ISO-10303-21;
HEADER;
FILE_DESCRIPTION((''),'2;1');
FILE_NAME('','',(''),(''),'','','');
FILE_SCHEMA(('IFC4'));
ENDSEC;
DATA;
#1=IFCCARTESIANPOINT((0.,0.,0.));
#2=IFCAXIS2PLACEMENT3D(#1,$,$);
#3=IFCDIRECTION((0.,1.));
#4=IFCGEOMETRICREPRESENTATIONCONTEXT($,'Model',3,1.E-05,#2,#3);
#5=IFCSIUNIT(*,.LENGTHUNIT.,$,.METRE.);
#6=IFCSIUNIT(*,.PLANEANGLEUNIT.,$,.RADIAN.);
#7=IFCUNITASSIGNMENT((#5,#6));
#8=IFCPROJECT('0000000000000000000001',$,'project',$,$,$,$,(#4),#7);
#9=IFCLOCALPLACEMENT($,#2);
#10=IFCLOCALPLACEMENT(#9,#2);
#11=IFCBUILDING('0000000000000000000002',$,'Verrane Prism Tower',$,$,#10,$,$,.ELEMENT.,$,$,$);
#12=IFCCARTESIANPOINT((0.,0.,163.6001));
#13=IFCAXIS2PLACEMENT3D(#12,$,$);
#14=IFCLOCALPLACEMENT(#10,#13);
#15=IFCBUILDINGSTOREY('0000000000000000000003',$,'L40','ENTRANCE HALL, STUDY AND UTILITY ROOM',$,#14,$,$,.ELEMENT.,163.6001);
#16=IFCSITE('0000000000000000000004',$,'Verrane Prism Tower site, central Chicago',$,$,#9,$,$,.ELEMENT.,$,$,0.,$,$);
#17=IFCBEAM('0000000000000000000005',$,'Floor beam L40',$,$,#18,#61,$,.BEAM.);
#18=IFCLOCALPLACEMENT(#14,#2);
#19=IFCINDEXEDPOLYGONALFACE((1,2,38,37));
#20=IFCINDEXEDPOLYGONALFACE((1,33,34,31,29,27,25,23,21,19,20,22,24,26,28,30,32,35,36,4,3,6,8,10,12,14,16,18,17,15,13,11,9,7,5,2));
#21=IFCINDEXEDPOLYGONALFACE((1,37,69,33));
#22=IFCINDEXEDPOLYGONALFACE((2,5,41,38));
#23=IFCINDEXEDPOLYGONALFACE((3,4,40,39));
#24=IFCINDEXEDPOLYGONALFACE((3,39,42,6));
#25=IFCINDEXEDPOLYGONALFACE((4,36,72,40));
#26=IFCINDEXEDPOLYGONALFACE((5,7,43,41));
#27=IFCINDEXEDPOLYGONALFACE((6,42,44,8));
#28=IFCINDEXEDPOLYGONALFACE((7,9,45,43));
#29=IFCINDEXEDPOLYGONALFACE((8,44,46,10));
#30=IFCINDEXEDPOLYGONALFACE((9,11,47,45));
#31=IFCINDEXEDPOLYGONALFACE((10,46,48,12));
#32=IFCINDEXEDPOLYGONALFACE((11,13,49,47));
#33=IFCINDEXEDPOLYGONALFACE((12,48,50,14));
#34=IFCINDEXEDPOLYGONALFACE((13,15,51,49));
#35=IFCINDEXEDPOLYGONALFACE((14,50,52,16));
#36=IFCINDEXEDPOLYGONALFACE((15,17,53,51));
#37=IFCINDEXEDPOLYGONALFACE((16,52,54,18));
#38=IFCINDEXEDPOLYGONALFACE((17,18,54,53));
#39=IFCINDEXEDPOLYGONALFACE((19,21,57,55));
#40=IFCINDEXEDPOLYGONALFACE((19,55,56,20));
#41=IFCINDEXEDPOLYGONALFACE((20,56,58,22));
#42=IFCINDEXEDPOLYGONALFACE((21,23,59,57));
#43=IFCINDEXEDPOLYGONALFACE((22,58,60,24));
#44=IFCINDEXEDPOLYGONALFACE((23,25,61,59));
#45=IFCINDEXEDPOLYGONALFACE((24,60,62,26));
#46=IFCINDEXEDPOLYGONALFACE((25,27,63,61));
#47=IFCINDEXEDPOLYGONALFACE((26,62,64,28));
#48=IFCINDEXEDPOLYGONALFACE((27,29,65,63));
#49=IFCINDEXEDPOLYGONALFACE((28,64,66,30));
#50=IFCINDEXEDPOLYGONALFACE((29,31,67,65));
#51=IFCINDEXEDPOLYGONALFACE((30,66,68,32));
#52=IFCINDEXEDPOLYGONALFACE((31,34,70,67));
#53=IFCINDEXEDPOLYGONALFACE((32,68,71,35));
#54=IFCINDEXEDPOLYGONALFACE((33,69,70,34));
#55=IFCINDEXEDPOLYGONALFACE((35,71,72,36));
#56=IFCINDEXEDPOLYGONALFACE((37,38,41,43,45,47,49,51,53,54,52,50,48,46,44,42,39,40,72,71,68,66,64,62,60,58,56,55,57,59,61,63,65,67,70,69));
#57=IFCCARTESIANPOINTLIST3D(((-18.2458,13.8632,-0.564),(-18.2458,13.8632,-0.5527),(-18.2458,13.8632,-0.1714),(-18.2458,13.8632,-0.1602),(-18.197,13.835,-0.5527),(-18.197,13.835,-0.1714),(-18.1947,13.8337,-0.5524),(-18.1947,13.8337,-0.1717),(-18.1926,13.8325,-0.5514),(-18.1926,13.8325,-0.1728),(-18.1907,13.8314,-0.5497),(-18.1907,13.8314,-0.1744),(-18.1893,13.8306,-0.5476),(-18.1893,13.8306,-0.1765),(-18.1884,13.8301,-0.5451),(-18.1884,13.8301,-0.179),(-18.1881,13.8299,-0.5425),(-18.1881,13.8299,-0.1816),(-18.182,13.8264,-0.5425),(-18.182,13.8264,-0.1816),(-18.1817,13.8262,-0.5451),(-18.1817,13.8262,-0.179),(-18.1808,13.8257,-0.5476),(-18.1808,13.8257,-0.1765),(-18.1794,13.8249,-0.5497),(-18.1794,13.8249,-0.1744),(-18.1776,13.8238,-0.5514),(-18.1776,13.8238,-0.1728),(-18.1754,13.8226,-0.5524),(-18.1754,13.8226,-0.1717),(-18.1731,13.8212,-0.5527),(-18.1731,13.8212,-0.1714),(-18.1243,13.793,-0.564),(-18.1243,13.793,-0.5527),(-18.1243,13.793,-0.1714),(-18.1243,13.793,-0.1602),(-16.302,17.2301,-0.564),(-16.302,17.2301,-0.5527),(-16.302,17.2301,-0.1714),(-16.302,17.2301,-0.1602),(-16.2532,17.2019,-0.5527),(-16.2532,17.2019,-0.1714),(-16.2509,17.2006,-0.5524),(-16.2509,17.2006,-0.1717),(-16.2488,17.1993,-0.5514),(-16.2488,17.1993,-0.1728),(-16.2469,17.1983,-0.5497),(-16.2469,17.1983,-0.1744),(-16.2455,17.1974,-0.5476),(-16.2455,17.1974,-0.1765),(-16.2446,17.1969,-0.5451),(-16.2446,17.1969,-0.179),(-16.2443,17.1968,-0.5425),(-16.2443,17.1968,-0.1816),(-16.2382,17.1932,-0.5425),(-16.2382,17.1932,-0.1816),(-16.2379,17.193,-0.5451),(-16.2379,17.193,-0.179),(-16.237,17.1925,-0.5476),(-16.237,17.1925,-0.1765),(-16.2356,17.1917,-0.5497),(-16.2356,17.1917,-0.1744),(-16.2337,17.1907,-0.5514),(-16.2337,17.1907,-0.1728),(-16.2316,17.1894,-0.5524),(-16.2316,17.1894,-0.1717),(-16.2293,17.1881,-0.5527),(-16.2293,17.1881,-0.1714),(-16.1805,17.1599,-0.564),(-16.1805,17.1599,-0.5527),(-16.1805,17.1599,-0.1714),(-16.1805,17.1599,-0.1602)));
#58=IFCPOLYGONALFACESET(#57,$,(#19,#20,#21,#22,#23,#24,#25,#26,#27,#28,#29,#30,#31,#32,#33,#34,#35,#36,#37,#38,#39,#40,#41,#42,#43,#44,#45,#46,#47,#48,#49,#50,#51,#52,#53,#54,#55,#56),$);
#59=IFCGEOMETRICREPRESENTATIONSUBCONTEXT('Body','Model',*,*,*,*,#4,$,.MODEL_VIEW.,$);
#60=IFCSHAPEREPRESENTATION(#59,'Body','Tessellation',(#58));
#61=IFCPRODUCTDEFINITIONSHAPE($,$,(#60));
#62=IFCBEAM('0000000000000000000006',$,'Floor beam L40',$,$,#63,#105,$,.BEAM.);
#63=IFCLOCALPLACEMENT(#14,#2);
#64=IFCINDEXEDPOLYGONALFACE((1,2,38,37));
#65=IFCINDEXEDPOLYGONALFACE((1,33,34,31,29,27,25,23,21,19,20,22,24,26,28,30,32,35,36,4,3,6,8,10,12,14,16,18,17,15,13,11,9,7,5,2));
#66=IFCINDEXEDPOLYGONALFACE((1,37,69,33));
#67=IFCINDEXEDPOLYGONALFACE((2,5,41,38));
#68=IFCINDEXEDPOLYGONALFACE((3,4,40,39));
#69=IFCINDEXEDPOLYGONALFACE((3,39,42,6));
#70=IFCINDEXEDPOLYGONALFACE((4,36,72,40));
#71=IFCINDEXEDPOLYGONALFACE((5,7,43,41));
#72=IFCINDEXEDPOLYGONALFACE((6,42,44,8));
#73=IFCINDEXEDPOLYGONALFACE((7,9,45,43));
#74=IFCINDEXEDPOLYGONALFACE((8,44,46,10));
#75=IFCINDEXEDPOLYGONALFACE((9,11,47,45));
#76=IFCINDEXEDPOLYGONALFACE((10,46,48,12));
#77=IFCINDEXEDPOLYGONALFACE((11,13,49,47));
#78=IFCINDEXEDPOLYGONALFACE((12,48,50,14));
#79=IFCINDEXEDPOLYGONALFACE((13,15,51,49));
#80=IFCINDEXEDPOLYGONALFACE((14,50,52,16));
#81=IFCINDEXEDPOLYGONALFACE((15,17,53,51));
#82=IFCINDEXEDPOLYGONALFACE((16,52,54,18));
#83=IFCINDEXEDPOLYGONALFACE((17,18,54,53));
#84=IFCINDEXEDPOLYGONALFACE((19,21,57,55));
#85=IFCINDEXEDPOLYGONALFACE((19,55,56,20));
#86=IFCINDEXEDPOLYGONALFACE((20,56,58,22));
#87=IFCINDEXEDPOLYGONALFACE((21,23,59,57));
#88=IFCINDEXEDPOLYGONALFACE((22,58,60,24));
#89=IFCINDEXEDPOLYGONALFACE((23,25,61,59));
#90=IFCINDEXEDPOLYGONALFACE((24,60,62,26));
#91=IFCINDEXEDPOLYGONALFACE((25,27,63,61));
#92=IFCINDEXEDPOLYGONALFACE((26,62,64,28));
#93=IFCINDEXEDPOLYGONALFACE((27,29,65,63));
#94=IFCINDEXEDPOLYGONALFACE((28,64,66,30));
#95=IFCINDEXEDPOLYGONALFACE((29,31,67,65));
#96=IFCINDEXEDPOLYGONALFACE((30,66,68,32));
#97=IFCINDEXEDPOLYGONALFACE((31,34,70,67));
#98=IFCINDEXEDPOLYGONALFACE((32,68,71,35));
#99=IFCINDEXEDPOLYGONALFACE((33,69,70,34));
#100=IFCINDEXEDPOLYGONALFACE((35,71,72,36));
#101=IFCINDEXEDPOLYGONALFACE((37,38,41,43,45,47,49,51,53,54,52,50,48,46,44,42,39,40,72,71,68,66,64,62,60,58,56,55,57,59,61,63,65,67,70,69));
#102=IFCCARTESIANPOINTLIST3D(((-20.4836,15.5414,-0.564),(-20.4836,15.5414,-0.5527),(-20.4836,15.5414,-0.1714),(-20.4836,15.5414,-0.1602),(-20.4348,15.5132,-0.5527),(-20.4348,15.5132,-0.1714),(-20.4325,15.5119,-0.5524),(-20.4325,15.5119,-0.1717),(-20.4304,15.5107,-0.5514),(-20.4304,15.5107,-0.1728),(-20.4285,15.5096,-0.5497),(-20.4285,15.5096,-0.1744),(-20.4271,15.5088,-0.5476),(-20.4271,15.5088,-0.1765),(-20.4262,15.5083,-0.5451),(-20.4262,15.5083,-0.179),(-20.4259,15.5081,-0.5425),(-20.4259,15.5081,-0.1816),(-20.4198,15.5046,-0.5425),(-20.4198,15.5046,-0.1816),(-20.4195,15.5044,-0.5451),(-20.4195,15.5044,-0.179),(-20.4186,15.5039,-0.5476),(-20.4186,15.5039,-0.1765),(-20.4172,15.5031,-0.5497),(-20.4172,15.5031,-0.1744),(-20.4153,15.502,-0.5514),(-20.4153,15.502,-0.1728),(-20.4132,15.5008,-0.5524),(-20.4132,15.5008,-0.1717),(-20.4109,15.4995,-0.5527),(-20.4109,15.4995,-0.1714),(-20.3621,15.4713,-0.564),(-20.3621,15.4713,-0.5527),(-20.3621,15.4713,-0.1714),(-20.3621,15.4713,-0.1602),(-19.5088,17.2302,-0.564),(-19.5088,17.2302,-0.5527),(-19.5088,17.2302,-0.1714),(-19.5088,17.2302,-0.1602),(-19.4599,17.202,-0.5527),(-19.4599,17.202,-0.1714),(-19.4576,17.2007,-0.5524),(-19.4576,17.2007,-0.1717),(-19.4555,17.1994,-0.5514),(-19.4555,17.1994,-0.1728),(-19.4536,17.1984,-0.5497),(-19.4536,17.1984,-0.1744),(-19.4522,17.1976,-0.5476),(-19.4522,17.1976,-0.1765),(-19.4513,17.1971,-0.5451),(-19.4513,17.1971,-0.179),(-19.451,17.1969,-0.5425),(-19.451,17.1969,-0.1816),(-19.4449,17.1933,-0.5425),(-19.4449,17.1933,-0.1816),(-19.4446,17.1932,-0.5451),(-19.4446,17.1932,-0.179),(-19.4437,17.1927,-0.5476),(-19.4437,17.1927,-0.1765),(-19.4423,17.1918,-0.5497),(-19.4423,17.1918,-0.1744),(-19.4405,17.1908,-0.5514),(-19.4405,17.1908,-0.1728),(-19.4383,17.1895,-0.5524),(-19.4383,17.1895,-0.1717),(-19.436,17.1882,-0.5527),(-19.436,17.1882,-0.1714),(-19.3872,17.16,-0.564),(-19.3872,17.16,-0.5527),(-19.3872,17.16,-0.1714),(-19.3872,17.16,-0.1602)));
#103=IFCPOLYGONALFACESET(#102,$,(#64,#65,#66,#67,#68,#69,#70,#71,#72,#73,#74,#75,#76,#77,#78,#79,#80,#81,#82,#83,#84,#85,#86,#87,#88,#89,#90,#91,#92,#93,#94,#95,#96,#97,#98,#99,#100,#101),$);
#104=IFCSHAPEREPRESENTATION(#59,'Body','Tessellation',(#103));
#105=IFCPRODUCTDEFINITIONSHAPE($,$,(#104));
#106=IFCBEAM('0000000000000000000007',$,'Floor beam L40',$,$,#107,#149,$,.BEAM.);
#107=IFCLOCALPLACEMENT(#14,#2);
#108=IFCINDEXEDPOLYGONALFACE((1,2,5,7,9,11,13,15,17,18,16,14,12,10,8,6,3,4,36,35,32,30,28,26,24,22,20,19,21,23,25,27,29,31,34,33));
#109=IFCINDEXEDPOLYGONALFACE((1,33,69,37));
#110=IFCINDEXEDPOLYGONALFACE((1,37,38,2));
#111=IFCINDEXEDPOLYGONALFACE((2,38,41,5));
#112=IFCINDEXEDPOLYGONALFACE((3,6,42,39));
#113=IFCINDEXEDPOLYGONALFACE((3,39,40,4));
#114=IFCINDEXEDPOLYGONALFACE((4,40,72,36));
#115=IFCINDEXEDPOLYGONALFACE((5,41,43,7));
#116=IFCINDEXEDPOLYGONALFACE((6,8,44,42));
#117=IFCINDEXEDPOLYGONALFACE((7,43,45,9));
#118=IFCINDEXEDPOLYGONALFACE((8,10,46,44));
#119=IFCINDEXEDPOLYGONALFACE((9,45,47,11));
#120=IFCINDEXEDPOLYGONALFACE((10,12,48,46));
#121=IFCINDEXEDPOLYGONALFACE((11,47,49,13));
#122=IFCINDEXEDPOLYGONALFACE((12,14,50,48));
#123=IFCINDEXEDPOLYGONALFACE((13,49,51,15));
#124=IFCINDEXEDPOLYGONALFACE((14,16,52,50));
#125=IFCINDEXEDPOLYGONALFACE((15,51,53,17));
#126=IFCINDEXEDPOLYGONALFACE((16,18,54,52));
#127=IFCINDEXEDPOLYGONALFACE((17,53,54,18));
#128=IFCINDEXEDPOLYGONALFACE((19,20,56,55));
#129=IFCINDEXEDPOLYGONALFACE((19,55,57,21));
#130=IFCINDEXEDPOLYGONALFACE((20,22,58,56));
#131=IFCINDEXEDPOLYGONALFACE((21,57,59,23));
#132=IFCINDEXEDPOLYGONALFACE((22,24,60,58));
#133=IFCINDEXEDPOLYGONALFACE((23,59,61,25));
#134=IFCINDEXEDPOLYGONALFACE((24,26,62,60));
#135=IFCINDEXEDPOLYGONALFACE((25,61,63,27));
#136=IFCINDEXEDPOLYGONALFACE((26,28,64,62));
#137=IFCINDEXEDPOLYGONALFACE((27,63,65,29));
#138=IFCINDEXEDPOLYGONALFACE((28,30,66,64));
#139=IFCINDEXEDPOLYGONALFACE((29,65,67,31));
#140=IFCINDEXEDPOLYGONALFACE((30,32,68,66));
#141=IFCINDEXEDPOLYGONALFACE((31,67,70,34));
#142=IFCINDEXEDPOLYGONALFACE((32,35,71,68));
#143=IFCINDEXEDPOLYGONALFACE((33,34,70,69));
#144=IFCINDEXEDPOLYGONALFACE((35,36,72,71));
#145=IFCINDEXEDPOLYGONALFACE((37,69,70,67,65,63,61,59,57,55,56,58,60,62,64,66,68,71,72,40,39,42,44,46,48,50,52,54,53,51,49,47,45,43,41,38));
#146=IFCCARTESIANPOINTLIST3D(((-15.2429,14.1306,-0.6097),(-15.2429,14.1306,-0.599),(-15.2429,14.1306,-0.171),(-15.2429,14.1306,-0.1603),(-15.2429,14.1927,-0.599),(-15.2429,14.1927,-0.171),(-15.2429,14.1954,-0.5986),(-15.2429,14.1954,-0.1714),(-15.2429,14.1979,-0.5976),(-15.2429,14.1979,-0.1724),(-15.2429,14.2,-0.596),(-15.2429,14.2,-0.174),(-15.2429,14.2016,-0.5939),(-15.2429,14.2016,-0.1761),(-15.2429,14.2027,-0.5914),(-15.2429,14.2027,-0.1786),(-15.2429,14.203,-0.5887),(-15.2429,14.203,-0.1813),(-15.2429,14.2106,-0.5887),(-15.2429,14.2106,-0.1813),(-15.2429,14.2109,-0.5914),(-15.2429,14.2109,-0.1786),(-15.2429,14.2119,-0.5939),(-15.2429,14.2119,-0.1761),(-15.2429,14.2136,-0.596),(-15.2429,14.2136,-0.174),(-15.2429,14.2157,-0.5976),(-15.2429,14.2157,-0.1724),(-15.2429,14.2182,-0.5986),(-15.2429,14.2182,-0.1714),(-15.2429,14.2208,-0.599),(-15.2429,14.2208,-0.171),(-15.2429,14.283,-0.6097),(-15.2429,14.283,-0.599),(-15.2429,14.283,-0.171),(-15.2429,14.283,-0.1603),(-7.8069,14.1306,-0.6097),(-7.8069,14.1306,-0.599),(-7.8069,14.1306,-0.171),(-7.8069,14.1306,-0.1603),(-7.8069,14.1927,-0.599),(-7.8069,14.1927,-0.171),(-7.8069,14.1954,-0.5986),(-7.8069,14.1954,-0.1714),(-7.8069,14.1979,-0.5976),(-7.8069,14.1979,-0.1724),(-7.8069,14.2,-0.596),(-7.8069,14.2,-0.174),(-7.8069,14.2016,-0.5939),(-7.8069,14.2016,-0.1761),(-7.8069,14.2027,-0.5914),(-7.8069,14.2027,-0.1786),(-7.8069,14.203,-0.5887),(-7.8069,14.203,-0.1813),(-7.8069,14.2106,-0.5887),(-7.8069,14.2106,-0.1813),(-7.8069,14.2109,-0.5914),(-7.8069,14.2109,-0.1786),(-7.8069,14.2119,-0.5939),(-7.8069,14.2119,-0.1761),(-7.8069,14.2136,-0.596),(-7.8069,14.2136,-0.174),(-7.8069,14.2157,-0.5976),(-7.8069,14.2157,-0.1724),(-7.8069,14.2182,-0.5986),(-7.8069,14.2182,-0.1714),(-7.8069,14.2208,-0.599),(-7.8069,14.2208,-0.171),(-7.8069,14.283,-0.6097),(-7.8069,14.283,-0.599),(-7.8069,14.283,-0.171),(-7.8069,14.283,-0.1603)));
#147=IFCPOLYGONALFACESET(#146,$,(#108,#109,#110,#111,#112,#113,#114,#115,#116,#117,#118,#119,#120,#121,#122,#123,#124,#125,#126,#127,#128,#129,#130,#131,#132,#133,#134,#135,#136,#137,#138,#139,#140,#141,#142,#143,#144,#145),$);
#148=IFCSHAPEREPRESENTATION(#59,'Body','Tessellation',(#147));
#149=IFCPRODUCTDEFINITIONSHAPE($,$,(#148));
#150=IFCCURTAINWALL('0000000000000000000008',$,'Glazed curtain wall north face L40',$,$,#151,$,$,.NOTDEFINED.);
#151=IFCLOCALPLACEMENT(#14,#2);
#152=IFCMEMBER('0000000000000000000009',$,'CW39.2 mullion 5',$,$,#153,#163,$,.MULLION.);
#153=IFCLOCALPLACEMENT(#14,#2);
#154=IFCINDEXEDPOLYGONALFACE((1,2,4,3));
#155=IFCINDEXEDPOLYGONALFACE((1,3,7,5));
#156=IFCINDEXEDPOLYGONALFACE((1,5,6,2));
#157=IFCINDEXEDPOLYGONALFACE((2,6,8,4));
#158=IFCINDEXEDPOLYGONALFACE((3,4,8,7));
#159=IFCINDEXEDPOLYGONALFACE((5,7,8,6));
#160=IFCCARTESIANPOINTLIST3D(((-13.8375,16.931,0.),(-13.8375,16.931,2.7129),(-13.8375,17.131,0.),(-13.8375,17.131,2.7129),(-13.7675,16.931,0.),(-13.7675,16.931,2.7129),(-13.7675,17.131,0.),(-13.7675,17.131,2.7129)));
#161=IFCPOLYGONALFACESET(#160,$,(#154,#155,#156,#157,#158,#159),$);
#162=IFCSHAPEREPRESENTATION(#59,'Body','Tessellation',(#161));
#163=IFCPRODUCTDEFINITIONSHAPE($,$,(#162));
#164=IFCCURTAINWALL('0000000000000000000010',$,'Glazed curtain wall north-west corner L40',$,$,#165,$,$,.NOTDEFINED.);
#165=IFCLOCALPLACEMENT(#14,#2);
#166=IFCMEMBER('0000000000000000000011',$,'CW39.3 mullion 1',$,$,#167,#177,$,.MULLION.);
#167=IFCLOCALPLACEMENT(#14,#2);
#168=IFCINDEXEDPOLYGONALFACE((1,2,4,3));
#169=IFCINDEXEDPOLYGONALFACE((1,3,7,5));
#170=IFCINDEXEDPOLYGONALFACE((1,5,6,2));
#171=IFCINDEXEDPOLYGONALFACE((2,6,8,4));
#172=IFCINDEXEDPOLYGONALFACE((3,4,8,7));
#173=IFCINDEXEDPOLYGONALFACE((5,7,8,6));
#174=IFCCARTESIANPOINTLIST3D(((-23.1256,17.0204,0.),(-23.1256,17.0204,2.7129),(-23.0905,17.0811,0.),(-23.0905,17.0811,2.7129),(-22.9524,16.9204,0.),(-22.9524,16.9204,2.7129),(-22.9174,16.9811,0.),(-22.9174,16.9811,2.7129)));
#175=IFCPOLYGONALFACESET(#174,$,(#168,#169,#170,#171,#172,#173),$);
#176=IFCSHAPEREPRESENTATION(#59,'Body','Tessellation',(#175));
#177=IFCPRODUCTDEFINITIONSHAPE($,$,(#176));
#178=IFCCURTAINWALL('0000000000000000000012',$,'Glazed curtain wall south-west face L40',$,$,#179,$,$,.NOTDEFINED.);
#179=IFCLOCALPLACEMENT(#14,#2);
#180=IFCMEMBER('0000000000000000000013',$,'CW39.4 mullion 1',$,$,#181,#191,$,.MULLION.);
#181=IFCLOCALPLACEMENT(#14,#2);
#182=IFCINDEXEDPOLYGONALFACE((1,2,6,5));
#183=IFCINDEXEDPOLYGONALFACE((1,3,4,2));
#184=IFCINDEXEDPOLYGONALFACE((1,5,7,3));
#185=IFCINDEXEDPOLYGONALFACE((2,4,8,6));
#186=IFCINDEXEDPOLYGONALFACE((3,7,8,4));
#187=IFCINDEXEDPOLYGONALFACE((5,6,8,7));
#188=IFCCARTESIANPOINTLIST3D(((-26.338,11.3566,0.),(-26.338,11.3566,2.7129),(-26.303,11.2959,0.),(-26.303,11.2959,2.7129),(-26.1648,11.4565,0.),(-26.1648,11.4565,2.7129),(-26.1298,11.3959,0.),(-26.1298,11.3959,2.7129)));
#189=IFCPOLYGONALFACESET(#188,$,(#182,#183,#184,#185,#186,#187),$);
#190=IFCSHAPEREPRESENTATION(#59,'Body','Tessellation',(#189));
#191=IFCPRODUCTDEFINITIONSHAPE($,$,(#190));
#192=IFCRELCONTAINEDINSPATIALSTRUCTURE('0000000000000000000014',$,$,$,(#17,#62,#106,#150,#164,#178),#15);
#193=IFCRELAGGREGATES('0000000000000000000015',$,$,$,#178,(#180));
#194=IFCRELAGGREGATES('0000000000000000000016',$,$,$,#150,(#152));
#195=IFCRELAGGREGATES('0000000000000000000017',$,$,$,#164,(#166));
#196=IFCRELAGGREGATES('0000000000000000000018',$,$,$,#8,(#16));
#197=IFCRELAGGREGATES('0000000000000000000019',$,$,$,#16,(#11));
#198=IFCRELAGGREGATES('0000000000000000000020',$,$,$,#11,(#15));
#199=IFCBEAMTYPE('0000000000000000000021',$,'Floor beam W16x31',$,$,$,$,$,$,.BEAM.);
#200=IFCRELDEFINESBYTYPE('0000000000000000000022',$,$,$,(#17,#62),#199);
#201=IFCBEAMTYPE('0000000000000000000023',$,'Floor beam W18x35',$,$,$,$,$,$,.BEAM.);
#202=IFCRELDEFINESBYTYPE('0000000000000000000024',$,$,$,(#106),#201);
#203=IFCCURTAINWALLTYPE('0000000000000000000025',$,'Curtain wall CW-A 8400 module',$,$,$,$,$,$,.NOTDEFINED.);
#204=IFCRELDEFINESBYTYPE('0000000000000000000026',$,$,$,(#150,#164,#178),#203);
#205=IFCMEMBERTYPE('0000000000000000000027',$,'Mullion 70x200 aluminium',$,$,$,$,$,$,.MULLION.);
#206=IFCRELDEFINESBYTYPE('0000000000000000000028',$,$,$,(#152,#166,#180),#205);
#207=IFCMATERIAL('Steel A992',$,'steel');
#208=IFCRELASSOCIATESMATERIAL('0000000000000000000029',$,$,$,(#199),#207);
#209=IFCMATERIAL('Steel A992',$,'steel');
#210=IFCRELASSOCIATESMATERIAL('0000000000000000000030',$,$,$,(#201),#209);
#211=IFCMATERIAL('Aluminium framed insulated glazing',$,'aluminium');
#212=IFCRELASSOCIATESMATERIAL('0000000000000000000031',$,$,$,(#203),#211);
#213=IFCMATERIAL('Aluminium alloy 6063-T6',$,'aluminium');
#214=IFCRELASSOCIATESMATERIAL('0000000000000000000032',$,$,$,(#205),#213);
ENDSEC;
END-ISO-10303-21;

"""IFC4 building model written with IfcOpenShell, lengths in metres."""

from ifc_helpers import new_model, si_unit, direction, frame, origin, origin_2d, place, context, subcontext, project, spatial, rectangle, i_section, extrude, material, material_profile, profile_set, type_object, element, aggregate, save


model = new_model("IFC4")

# Units and contexts
model_context = context("Model", 3, precision=1e-05, world=origin(), true_north=direction((0.0, 1.0)))
body_context = subcontext(model_context, "Body", "Model", "MODEL_VIEW")
ifc_project = project(units=[si_unit("LENGTHUNIT", "METRE"), si_unit("PLANEANGLEUNIT", "RADIAN")], contexts=[model_context])

# Site, building, storey
site_placement = place(None, origin())
site = spatial("IfcSite", under=ifc_project, at=site_placement, Name="Verrane Prism Tower site, central Chicago", CompositionType="ELEMENT", RefElevation=0.0)
building_placement = place(site_placement, origin())
building = spatial("IfcBuilding", under=site, at=building_placement, Name="Verrane Prism Tower", CompositionType="ELEMENT")
storey_placement = place(building_placement, frame((0.0, 0.0, 163.6001)))
storey = spatial("IfcBuildingStorey", under=building, at=storey_placement, Name="L40", Description="ENTRANCE HALL, STUDY AND UTILITY ROOM", CompositionType="ELEMENT", Elevation=163.6001)

# Beams
ifc_material_1 = material(Name="Steel A992", Category="steel")
ifc_material_profile_1 = material_profile(ifc_material_1, i_section(OverallWidth=0.1404, OverallDepth=0.4038, WebThickness=0.0071, FlangeThickness=0.0112, FilletRadius=0.0103, at=origin_2d()), Name="W16x31")
ifc_profile_set_1 = profile_set([ifc_material_profile_1], Name="Steel A992")
beam_type_1 = type_object("IfcBeamType", Name="Floor beam W16x31", PredefinedType="BEAM", material=ifc_profile_set_1)
beam_1_placement = place(storey_placement, frame((-18.1851, 13.8281, -0.3621), z_axis=(0.499989, 0.866032, 0.0), x_axis=(-0.866032, 0.499989, 0.0)))
element("IfcBeam", 1, at=beam_1_placement, inside=storey, type_object=beam_type_1, Name="Floor beam L40", PredefinedType="BEAM", context=body_context, shape_type="SweptSolid", body=[
    extrude(i_section(OverallWidth=0.1404, OverallDepth=0.4038, WebThickness=0.0071, FlangeThickness=0.0112, FilletRadius=0.0103, at=origin_2d()), origin(), (0.0, 0.0, 1.0), 3.8877),
])
beam_2_placement = place(storey_placement, frame((-20.4229, 15.5063, -0.3621), z_axis=(0.49995, 0.866054, 0.0), x_axis=(-0.866054, 0.49995, 0.0)))
element("IfcBeam", 2, at=beam_2_placement, inside=storey, type_object=beam_type_1, Name="Floor beam L40", PredefinedType="BEAM", context=body_context, shape_type="SweptSolid", body=[
    extrude(i_section(OverallWidth=0.1404, OverallDepth=0.4038, WebThickness=0.0071, FlangeThickness=0.0112, FilletRadius=0.0103, at=origin_2d()), origin(), (0.0, 0.0, 1.0), 1.95),
])
ifc_material_2 = material(Name="Steel A992", Category="steel")
ifc_material_profile_2 = material_profile(ifc_material_2, i_section(OverallWidth=0.1523, OverallDepth=0.4495, WebThickness=0.0076, FlangeThickness=0.0107, FilletRadius=0.0103, at=origin_2d()), Name="W18x35")
ifc_profile_set_2 = profile_set([ifc_material_profile_2], Name="Steel A992")
beam_type_2 = type_object("IfcBeamType", Name="Floor beam W18x35", PredefinedType="BEAM", material=ifc_profile_set_2)
beam_3_placement = place(storey_placement, frame((-15.2429, 14.2068, -0.385), z_axis=(1.0, 0.0, 0.0), x_axis=(0.0, 1.0, 0.0)))
element("IfcBeam", 3, at=beam_3_placement, inside=storey, type_object=beam_type_2, Name="Floor beam L40", PredefinedType="BEAM", context=body_context, shape_type="SweptSolid", body=[
    extrude(i_section(OverallWidth=0.1523, OverallDepth=0.4495, WebThickness=0.0076, FlangeThickness=0.0107, FilletRadius=0.0103, at=origin_2d()), origin(), (0.0, 0.0, 1.0), 7.436),
])

# Curtain walls, members
ifc_material_3 = material(Name="Aluminium framed insulated glazing", Category="aluminium")
curtain_wall_type = type_object("IfcCurtainWallType", Name="Curtain wall CW-A 8400 module", PredefinedType="NOTDEFINED", material=ifc_material_3)
curtain_wall_1_placement = place(storey_placement, origin())
curtain_wall_1 = element("IfcCurtainWall", 4, at=curtain_wall_1_placement, inside=storey, type_object=curtain_wall_type, Name="Glazed curtain wall north face L40", PredefinedType="NOTDEFINED")
ifc_material_4 = material(Name="Aluminium alloy 6063-T6", Category="aluminium")
ifc_material_profile_3 = material_profile(ifc_material_4, rectangle(XDim=0.2, YDim=0.0701, at=origin_2d()), Name="Mullion 70x200 aluminium")
ifc_profile_set_3 = profile_set([ifc_material_profile_3], Name="Aluminium alloy 6063-T6")
member_type_1 = type_object("IfcMemberType", Name="Mullion 70x200 aluminium", PredefinedType="MULLION", material=ifc_profile_set_3)
member_1_placement = place(storey_placement, frame((-13.8025, 17.031, 0.0), z_axis=(0.0, 0.0, 1.0), x_axis=(0.0, -1.0, 0.0)))
member_1 = element("IfcMember", 5, at=member_1_placement, type_object=member_type_1, Name="CW39.2 mullion 5", PredefinedType="MULLION", context=body_context, shape_type="SweptSolid", body=[
    extrude(rectangle(XDim=0.2, YDim=0.0701, at=origin_2d()), origin(), (0.0, 0.0, 1.0), 2.7129),
])
curtain_wall_2_placement = place(storey_placement, origin())
curtain_wall_2 = element("IfcCurtainWall", 6, at=curtain_wall_2_placement, inside=storey, type_object=curtain_wall_type, Name="Glazed curtain wall north-west corner L40", PredefinedType="NOTDEFINED")
member_2_placement = place(storey_placement, frame((-23.0215, 17.0007, 0.0), z_axis=(0.0, 0.0, 1.0), x_axis=(0.866022, -0.500006, 0.0)))
member_2 = element("IfcMember", 7, at=member_2_placement, type_object=member_type_1, Name="CW39.3 mullion 1", PredefinedType="MULLION", context=body_context, shape_type="SweptSolid", body=[
    extrude(rectangle(XDim=0.2, YDim=0.0701, at=origin_2d()), origin(), (0.0, 0.0, 1.0), 2.7129),
])
curtain_wall_3_placement = place(storey_placement, origin())
curtain_wall_3 = element("IfcCurtainWall", 8, at=curtain_wall_3_placement, inside=storey, type_object=curtain_wall_type, Name="Glazed curtain wall south-west face L40", PredefinedType="NOTDEFINED")
member_3_placement = place(storey_placement, frame((-26.2339, 11.3762, 0.0), z_axis=(0.0, 0.0, 1.0), x_axis=(0.866026, 0.499999, 0.0)))
member_3 = element("IfcMember", 9, at=member_3_placement, type_object=member_type_1, Name="CW39.4 mullion 1", PredefinedType="MULLION", context=body_context, shape_type="SweptSolid", body=[
    extrude(rectangle(XDim=0.2, YDim=0.0701, at=origin_2d()), origin(), (0.0, 0.0, 1.0), 2.7129),
])

aggregate(curtain_wall_3, [member_3])

aggregate(curtain_wall_1, [member_1])
aggregate(curtain_wall_2, [member_2])

save(model, "model.ifc")
